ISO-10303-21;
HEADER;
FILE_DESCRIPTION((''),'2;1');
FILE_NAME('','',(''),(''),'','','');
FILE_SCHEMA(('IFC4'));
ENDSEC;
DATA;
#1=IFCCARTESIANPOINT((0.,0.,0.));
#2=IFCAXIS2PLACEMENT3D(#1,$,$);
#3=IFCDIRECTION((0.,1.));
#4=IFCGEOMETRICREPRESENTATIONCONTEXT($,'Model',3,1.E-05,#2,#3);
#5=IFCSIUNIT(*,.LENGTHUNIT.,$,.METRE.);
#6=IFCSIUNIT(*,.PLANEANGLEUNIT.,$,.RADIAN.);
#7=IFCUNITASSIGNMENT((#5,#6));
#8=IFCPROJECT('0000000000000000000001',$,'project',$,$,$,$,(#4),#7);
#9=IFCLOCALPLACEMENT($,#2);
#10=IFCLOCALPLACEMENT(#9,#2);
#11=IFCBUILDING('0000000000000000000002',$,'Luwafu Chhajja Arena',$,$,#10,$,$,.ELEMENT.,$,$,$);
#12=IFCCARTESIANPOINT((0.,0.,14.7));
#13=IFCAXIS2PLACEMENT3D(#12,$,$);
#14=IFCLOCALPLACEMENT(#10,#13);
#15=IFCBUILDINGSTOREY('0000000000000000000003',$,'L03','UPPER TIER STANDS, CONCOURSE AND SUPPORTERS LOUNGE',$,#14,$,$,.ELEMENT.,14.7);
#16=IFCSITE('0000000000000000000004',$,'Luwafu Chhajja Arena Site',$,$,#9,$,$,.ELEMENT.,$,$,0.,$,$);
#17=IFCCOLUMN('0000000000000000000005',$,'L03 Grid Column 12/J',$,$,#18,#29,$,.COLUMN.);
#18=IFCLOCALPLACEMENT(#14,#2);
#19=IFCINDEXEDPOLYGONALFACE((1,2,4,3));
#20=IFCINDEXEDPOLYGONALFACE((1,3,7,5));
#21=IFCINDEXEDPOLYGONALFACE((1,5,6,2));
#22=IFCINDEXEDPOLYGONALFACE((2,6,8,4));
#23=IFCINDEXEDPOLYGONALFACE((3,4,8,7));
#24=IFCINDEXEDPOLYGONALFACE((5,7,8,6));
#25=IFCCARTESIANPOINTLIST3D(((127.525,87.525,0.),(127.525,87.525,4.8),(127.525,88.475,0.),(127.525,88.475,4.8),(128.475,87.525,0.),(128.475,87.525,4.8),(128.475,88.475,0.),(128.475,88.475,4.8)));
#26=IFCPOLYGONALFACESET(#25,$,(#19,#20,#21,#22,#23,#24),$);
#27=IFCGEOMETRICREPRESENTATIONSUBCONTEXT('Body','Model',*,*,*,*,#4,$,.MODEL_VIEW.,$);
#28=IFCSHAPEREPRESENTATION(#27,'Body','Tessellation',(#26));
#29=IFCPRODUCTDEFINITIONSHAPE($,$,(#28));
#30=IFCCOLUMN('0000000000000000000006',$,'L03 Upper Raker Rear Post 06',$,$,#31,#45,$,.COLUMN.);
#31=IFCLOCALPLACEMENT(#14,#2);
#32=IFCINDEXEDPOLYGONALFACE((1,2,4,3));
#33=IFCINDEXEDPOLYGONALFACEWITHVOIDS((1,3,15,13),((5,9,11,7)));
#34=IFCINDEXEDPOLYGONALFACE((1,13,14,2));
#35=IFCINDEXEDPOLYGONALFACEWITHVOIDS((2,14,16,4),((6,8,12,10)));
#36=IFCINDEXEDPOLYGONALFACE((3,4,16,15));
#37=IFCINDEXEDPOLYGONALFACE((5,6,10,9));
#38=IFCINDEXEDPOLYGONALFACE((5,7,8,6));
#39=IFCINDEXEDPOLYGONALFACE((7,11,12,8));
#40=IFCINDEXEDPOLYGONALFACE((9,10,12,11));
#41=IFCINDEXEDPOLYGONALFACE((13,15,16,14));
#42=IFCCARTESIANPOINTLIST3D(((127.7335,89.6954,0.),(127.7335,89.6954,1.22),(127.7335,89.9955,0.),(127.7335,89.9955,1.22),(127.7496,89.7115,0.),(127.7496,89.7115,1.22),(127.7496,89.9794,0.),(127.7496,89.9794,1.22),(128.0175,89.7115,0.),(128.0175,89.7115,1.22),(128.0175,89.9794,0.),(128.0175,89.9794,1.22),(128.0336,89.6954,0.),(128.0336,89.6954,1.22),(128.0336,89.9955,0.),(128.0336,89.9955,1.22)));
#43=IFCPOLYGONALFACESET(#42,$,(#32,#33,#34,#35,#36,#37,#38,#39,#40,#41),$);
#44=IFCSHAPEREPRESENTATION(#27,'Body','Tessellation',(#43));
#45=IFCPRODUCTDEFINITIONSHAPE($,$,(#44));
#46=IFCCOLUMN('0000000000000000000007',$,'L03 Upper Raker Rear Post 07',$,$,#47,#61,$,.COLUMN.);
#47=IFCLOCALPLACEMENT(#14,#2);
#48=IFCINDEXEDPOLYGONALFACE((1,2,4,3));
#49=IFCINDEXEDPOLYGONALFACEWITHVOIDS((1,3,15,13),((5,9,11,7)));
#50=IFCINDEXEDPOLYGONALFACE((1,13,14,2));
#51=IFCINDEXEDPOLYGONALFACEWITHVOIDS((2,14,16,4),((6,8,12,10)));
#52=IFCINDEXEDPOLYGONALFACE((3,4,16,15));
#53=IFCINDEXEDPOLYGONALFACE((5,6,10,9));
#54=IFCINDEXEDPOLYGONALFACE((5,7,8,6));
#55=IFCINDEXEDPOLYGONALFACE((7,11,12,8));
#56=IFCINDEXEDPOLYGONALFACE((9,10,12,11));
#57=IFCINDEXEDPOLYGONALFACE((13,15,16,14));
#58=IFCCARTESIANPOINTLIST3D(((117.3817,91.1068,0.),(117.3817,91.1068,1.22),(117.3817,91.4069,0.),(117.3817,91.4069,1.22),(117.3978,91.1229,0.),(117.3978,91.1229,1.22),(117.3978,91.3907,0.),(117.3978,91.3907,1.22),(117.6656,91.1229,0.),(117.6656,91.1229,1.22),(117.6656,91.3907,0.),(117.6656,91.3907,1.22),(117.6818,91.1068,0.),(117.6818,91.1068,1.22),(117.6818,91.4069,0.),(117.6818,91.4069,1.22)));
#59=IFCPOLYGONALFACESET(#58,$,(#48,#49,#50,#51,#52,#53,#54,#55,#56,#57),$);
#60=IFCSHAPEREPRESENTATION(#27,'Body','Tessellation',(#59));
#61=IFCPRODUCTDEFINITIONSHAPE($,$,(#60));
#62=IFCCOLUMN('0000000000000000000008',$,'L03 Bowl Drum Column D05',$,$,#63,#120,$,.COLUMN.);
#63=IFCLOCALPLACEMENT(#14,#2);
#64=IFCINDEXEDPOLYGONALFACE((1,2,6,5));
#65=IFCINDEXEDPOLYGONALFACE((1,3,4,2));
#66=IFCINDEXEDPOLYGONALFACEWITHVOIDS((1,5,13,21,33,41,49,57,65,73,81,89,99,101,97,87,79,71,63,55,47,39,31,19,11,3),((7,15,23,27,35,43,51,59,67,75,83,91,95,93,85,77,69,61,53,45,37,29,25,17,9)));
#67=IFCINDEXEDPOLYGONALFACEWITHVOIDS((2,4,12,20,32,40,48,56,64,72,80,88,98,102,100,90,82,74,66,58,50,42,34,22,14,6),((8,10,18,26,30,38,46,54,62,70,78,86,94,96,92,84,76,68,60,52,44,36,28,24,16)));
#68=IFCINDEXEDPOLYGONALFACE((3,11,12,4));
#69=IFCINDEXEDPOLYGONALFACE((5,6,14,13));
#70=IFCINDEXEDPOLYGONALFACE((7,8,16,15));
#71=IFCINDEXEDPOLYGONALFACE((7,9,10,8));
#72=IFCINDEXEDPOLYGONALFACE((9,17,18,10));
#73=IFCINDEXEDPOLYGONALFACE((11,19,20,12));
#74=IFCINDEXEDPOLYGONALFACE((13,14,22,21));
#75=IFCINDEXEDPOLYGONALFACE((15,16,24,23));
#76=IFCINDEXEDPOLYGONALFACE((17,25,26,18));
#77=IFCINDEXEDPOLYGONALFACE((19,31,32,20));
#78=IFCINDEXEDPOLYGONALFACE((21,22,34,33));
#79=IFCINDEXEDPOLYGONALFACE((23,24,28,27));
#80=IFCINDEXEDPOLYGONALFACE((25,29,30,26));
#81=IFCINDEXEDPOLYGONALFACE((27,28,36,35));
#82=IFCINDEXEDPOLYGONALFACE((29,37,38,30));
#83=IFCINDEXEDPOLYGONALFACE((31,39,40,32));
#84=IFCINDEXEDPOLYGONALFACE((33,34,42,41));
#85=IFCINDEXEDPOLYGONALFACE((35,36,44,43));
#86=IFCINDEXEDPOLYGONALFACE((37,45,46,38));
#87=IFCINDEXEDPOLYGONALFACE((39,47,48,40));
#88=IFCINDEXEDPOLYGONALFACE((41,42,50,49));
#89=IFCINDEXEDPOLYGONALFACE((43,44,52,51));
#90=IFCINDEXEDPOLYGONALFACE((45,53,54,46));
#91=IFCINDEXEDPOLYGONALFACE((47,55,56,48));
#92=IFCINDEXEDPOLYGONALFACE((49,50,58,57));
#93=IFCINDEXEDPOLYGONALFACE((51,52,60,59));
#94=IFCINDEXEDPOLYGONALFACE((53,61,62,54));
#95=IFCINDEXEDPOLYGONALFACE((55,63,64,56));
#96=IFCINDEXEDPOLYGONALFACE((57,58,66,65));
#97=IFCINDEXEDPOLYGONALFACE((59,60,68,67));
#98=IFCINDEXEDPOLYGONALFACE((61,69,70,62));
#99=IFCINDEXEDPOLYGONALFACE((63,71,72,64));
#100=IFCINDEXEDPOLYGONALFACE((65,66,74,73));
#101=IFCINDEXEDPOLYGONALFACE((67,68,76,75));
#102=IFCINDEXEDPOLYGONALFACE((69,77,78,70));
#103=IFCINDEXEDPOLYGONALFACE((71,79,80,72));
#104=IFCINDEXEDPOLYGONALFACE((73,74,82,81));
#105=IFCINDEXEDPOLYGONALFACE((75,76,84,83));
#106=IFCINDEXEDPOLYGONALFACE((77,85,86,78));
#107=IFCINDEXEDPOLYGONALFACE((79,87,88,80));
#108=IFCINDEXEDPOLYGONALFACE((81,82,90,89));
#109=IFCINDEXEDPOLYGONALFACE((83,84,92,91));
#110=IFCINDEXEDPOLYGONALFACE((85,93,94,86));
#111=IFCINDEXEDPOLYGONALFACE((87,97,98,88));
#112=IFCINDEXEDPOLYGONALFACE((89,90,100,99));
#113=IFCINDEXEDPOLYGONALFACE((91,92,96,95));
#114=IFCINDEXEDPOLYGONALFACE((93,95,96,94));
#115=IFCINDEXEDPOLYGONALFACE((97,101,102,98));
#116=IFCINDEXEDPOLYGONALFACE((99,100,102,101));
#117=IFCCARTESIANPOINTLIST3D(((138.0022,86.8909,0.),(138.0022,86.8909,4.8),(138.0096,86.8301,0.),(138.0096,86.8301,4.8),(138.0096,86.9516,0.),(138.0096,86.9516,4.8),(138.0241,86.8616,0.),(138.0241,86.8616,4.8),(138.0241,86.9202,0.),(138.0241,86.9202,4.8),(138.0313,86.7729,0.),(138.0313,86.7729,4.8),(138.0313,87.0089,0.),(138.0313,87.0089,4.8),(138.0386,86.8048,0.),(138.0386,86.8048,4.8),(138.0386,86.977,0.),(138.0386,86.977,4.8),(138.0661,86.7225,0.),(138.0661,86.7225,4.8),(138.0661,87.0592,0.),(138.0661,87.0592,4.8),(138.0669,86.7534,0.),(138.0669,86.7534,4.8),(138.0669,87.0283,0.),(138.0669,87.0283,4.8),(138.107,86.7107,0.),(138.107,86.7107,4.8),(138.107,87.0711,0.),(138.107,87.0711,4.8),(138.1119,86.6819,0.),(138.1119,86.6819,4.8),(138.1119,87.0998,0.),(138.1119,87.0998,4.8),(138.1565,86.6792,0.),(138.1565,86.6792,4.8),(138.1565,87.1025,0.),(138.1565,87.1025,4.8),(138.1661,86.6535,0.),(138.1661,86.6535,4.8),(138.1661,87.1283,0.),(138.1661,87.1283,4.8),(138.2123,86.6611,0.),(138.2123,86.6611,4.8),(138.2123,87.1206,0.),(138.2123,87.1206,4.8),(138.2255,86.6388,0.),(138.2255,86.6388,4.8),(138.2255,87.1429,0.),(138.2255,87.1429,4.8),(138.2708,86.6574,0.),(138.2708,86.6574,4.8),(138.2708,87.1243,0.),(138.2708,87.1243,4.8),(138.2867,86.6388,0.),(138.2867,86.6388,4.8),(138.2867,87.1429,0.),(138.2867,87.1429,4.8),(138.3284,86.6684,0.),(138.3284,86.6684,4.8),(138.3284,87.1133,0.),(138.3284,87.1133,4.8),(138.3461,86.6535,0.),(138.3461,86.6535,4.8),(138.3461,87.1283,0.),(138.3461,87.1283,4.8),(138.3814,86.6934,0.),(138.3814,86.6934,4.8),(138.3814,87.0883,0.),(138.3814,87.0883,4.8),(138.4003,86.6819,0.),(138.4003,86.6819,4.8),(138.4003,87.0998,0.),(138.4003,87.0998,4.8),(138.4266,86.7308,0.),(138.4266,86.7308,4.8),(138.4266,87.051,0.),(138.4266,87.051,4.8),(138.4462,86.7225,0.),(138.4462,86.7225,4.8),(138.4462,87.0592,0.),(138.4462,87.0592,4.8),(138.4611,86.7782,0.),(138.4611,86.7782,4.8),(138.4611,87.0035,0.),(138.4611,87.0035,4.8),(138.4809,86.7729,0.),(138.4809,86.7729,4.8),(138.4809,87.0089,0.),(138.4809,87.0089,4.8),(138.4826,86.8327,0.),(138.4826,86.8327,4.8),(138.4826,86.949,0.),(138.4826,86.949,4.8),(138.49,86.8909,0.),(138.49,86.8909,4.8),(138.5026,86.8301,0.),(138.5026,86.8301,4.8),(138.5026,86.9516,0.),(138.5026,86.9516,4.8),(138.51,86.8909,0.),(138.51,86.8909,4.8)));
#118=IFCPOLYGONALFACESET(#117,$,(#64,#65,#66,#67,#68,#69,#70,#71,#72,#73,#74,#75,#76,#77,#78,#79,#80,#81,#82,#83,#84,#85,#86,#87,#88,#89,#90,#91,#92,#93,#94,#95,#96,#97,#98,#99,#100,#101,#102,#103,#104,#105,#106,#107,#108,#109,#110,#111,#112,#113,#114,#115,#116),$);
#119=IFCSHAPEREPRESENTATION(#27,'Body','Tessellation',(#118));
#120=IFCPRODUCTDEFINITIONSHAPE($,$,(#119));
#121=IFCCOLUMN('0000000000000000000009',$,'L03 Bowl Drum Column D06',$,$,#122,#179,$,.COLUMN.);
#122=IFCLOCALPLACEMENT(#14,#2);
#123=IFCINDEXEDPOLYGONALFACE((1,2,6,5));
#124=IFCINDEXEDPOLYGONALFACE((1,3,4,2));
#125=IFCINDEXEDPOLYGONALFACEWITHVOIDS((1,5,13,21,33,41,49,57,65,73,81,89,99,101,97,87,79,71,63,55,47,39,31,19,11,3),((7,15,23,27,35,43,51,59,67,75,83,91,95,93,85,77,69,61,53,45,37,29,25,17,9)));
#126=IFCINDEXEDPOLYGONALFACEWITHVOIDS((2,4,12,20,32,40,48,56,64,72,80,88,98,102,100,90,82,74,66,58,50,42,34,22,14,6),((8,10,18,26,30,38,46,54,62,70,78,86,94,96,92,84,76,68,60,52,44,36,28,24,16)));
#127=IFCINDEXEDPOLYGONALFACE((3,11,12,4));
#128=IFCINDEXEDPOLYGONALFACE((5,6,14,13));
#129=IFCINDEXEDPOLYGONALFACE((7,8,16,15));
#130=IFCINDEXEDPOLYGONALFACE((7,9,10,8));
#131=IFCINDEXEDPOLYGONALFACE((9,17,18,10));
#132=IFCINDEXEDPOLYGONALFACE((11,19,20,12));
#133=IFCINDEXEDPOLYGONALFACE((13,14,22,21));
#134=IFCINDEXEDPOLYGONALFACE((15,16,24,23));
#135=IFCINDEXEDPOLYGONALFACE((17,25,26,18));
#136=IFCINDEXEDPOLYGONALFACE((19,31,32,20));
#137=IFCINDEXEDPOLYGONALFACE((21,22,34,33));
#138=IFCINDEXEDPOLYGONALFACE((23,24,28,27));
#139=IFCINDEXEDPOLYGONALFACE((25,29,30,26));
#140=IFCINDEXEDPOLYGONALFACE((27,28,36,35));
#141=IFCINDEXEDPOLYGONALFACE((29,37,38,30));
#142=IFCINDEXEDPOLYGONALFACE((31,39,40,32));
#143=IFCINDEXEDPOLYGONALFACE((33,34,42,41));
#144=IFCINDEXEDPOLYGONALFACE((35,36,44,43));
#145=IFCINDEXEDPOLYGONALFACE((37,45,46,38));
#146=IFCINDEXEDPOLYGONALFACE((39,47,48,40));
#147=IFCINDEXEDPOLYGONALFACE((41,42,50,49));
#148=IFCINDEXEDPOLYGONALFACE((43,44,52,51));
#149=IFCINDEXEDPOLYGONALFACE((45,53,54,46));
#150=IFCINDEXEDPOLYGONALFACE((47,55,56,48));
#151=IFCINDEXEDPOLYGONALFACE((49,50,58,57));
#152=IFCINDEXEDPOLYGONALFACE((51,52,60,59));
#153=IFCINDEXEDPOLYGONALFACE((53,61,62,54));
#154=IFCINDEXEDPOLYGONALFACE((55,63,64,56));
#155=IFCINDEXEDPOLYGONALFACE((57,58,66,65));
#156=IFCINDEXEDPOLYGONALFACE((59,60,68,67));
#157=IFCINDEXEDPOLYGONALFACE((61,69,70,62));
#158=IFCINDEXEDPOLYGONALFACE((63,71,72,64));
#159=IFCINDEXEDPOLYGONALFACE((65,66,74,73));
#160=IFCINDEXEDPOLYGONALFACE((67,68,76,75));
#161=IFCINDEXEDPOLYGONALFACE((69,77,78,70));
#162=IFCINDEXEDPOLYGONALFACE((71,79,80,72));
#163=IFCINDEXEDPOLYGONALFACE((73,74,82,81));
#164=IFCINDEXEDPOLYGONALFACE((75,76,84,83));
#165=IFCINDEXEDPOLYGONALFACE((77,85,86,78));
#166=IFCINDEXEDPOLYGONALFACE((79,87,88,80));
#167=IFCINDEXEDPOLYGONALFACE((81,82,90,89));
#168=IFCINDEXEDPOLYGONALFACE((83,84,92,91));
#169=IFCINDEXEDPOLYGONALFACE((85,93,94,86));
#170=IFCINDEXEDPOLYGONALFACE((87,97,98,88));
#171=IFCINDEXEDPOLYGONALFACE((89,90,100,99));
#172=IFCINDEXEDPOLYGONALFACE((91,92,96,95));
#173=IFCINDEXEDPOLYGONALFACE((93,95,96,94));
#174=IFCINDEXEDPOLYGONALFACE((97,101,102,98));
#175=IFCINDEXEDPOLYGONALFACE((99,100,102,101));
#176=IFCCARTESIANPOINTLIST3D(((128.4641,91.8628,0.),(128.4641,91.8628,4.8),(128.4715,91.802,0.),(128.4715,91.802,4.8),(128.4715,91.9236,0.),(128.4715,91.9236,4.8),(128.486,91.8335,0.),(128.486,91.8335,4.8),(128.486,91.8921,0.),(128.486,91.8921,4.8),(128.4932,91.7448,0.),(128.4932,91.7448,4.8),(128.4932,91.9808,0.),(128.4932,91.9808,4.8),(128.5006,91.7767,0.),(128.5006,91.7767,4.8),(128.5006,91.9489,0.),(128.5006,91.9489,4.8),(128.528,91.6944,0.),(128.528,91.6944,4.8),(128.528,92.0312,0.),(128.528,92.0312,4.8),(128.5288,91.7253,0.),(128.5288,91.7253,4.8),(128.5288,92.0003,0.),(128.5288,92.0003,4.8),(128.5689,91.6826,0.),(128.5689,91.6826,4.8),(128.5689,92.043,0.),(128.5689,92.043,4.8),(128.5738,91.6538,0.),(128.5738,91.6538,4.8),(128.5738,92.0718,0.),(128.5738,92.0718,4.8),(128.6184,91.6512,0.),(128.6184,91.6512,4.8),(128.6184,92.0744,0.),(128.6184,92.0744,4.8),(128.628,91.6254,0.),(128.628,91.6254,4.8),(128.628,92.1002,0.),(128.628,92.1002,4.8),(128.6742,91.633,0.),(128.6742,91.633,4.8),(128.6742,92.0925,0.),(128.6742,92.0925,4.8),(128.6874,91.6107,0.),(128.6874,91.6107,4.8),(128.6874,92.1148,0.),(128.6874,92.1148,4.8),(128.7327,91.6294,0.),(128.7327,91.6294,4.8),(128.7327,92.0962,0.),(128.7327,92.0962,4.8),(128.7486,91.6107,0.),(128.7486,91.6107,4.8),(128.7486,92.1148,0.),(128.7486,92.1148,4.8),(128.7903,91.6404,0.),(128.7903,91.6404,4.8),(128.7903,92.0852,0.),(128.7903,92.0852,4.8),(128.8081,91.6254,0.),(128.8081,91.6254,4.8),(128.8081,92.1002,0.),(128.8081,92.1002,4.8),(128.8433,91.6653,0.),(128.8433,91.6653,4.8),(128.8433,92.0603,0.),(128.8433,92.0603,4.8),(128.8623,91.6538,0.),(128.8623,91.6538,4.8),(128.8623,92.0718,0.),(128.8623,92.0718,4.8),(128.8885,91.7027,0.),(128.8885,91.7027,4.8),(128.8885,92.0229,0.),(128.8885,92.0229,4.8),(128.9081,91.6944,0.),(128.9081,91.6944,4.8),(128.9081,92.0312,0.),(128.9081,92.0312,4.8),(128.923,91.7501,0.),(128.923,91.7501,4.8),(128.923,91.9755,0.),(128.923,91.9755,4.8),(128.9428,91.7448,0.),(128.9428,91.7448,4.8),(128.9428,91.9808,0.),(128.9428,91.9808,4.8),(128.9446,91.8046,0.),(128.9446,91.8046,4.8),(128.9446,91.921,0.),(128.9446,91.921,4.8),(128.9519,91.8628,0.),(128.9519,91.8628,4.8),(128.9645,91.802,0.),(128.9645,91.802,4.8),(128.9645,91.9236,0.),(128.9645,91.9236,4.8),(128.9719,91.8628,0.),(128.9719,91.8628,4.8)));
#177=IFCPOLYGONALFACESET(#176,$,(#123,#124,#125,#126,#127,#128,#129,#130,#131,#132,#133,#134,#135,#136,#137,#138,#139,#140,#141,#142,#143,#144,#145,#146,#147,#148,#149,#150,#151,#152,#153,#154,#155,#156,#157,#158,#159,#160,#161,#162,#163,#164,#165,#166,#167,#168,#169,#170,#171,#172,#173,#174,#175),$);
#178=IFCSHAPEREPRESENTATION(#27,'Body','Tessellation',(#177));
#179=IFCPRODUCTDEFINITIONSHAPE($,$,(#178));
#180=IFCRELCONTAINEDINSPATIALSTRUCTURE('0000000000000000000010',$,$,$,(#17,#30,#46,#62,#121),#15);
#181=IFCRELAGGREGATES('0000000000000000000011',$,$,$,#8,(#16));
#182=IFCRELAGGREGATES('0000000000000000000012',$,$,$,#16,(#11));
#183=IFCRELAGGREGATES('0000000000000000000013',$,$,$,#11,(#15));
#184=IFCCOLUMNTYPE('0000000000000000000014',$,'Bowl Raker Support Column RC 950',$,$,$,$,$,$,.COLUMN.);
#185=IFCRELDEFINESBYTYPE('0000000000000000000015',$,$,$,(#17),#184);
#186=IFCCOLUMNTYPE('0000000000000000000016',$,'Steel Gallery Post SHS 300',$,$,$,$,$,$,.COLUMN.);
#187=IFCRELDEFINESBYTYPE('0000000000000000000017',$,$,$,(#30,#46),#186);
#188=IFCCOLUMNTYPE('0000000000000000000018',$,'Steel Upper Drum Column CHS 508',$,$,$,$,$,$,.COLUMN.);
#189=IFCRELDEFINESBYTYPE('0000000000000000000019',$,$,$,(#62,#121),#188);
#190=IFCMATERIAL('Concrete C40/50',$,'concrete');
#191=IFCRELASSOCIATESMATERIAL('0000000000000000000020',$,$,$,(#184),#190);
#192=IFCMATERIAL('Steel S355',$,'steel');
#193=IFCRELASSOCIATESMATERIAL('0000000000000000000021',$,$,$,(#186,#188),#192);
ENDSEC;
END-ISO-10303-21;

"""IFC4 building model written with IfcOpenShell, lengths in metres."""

from ifc_helpers import new_model, si_unit, direction, frame, origin, origin_2d, place, context, subcontext, project, spatial, rectangle, hollow_rectangle, hollow_circle, extrude, material, material_profile, profile_set, type_object, element, save


model = new_model("IFC4")

# Units and contexts
model_context = context("Model", 3, precision=1e-05, world=origin(), true_north=direction((0.0, 1.0)))
body_context = subcontext(model_context, "Body", "Model", "MODEL_VIEW")
ifc_project = project(units=[si_unit("LENGTHUNIT", "METRE"), si_unit("PLANEANGLEUNIT", "RADIAN")], contexts=[model_context])

# Site, building, storey
site_placement = place(None, origin())
site = spatial("IfcSite", under=ifc_project, at=site_placement, Name="Luwafu Chhajja Arena Site", CompositionType="ELEMENT", RefElevation=0.0)
building_placement = place(site_placement, origin())
building = spatial("IfcBuilding", under=site, at=building_placement, Name="Luwafu Chhajja Arena", CompositionType="ELEMENT")
storey_placement = place(building_placement, frame((0.0, 0.0, 14.7)))
storey = spatial("IfcBuildingStorey", under=building, at=storey_placement, Name="L03", Description="UPPER TIER STANDS, CONCOURSE AND SUPPORTERS LOUNGE", CompositionType="ELEMENT", Elevation=14.7)

# Columns
ifc_material_1 = material(Name="Concrete C40/50", Category="concrete")
ifc_material_profile_1 = material_profile(ifc_material_1, rectangle(XDim=0.95, YDim=0.95, at=origin_2d()), Name="RC 950x950")
ifc_profile_set_1 = profile_set([ifc_material_profile_1], Name="Concrete C40/50")
column_type_1 = type_object("IfcColumnType", Name="Bowl Raker Support Column RC 950", PredefinedType="COLUMN", material=ifc_profile_set_1)
column_placement = place(storey_placement, frame((128.0, 88.0, 0.0), z_axis=(0.0, 0.0, 1.0), x_axis=(1.0, 0.0, 0.0)))
element("IfcColumn", 1, at=column_placement, inside=storey, type_object=column_type_1, Name="L03 Grid Column 12/J", PredefinedType="COLUMN", context=body_context, shape_type="SweptSolid", body=[
    extrude(rectangle(XDim=0.95, YDim=0.95, at=origin_2d()), origin(), (0.0, 0.0, 1.0), 4.8),
])
ifc_material_2 = material(Name="Steel S355", Category="steel")
ifc_material_profile_2 = material_profile(ifc_material_2, hollow_rectangle(XDim=0.3, YDim=0.3, WallThickness=0.0161, at=origin_2d()), Name="SHS 300x300x16")
ifc_profile_set_2 = profile_set([ifc_material_profile_2], Name="Steel S355")
column_type_2 = type_object("IfcColumnType", Name="Steel Gallery Post SHS 300", PredefinedType="COLUMN", material=ifc_profile_set_2)
for number, where, z_axis, x_axis, name in (
    (2, (127.8835, 89.8455, 0.0), (0.0, 0.0, 1.0), (1.0, 0.0, 0.0), "L03 Upper Raker Rear Post 06"),
    (3, (117.5317, 91.2568, 0.0), (0.0, 0.0, 1.0), (1.0, 0.0, 0.0), "L03 Upper Raker Rear Post 07"),
):
    element("IfcColumn", number, at=place(storey_placement, frame(where, z_axis=z_axis, x_axis=x_axis)), inside=storey, type_object=column_type_2, Name=name, PredefinedType="COLUMN", context=body_context, shape_type="SweptSolid", body=[
        extrude(hollow_rectangle(XDim=0.3, YDim=0.3, WallThickness=0.0161, at=origin_2d()), origin(), (0.0, 0.0, 1.0), 1.22),
    ])
ifc_material_profile_3 = material_profile(ifc_material_2, hollow_circle(Radius=0.2539, WallThickness=0.02, at=origin_2d()), Name="CHS 508x20")
ifc_profile_set_3 = profile_set([ifc_material_profile_3], Name="Steel S355")
column_type_3 = type_object("IfcColumnType", Name="Steel Upper Drum Column CHS 508", PredefinedType="COLUMN", material=ifc_profile_set_3)
for number, where, z_axis, x_axis, name in (
    (4, (138.2561, 86.8909, 0.0), (0.0, 0.0, 1.0), (1.0, 0.0, 0.0), "L03 Bowl Drum Column D05"),
    (5, (128.718, 91.8628, 0.0), (0.0, 0.0, 1.0), (1.0, 0.0, 0.0), "L03 Bowl Drum Column D06"),
):
    element("IfcColumn", number, at=place(storey_placement, frame(where, z_axis=z_axis, x_axis=x_axis)), inside=storey, type_object=column_type_3, Name=name, PredefinedType="COLUMN", context=body_context, shape_type="SweptSolid", body=[
        extrude(hollow_circle(Radius=0.2539, WallThickness=0.02, at=origin_2d()), origin(), (0.0, 0.0, 1.0), 4.8),
    ])

save(model, "model.ifc")
